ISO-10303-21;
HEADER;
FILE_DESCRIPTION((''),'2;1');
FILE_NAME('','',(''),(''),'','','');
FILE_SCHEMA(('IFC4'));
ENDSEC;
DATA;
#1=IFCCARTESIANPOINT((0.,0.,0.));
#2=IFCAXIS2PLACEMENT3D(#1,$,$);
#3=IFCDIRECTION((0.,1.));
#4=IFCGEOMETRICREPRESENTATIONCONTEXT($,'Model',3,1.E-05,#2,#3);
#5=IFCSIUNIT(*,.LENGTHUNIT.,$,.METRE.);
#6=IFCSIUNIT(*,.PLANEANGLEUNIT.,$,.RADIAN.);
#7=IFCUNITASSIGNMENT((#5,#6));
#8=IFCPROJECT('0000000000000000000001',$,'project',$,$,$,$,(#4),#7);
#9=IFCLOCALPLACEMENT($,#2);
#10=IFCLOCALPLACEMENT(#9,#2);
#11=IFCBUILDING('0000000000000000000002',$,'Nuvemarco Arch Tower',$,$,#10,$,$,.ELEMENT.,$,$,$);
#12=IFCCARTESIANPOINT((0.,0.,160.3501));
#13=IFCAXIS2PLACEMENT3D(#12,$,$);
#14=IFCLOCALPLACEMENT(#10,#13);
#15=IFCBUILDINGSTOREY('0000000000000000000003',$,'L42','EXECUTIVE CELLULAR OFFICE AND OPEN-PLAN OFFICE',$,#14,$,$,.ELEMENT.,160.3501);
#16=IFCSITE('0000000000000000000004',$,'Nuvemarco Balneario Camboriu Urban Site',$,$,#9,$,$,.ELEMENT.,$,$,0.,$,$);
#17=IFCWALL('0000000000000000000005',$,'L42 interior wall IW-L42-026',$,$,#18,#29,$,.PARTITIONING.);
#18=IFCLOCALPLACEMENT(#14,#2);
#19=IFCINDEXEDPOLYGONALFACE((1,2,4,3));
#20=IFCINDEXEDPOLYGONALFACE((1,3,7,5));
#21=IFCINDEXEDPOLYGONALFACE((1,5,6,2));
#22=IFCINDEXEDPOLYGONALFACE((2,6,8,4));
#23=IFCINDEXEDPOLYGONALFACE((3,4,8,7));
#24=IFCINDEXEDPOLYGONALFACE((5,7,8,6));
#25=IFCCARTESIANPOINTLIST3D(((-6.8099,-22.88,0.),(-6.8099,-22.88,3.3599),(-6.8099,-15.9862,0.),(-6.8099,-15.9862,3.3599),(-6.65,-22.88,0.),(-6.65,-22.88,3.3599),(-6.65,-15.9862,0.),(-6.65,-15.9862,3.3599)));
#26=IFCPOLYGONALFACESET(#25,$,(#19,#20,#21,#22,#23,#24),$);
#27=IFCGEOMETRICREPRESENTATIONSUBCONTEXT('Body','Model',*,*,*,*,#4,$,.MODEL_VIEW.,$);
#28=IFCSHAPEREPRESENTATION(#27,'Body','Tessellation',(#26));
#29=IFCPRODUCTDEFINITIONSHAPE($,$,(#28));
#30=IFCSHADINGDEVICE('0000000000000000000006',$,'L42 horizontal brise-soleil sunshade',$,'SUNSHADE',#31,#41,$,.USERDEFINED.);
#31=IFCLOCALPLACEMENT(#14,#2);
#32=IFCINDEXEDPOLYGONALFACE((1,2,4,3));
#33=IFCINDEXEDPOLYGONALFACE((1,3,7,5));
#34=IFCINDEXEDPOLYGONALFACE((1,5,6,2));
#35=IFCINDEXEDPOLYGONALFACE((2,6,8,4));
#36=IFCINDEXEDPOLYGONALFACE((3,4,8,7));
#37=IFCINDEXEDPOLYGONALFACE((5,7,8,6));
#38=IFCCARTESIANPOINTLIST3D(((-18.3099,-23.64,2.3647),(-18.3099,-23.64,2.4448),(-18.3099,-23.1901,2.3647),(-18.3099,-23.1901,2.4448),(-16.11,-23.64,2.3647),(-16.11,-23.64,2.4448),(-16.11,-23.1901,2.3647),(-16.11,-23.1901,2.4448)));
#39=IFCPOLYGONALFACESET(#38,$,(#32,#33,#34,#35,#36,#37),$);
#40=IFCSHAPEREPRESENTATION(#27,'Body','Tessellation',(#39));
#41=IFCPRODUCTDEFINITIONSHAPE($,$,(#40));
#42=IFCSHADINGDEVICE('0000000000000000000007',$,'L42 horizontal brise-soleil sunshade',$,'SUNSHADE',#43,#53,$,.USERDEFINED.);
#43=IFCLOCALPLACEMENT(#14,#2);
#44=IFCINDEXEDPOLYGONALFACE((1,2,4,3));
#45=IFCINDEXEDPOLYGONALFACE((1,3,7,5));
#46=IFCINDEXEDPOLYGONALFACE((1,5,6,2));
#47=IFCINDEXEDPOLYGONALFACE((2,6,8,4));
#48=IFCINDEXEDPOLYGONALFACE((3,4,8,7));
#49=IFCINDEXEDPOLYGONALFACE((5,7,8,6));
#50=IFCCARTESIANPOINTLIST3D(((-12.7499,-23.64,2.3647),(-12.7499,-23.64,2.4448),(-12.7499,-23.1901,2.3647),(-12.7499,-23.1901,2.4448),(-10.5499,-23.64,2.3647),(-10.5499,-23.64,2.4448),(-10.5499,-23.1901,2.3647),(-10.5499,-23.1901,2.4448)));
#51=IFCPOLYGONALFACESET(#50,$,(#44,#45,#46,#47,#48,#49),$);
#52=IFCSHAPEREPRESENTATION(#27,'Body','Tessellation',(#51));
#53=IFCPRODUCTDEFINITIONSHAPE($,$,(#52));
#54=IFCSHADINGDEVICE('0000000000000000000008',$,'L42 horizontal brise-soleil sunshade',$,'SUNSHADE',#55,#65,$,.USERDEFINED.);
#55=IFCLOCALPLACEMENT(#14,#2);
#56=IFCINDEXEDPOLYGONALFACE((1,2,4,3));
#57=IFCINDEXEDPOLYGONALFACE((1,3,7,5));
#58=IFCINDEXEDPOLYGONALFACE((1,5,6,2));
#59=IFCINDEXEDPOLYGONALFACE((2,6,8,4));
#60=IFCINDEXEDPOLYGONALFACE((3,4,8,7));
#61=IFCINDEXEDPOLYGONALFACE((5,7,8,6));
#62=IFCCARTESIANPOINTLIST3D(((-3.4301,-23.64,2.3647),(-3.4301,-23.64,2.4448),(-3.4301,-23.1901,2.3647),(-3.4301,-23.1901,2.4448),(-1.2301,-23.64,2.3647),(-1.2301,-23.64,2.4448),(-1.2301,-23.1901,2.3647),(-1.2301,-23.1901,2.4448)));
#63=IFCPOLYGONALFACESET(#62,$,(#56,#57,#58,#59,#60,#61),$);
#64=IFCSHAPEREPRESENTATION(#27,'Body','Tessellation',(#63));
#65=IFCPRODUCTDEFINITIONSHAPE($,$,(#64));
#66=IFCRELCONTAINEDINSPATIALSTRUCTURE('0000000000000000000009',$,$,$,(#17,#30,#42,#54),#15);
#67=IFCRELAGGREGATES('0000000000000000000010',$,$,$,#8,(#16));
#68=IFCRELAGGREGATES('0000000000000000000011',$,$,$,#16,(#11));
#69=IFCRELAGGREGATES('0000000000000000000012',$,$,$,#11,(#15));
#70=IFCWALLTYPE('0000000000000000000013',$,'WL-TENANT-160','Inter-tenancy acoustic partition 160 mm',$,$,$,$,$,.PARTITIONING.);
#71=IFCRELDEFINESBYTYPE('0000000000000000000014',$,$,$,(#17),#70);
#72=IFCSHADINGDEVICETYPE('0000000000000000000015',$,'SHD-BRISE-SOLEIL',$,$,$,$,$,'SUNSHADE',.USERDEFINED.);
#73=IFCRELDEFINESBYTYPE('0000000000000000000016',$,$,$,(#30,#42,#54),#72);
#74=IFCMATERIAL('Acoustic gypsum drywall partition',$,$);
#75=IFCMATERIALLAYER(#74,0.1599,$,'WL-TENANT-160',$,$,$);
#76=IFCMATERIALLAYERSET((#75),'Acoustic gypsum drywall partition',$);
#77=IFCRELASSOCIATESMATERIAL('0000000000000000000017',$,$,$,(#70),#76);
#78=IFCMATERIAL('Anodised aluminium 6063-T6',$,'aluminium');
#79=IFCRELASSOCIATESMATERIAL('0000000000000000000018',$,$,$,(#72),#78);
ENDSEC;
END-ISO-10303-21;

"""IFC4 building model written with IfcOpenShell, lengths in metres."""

from ifc_helpers import new_model, si_unit, direction, frame, frame_2d, origin, origin_2d, place, context, subcontext, project, spatial, rectangle, extrude, source, transform, mapped, material, layer, layer_set, type_object, type_shapes, element, save


model = new_model("IFC4")

# Units and contexts
model_context = context("Model", 3, precision=1e-05, world=origin(), true_north=direction((0.0, 1.0)))
body_context = subcontext(model_context, "Body", "Model", "MODEL_VIEW")
ifc_project = project(units=[si_unit("LENGTHUNIT", "METRE"), si_unit("PLANEANGLEUNIT", "RADIAN")], contexts=[model_context])

# Site, building, storey
site_placement = place(None, origin())
site = spatial("IfcSite", under=ifc_project, at=site_placement, Name="Nuvemarco Balneario Camboriu Urban Site", CompositionType="ELEMENT", RefElevation=0.0)
building_placement = place(site_placement, origin())
building = spatial("IfcBuilding", under=site, at=building_placement, Name="Nuvemarco Arch Tower", CompositionType="ELEMENT")
storey_placement = place(building_placement, frame((0.0, 0.0, 160.3501)))
storey = spatial("IfcBuildingStorey", under=building, at=storey_placement, Name="L42", Description="EXECUTIVE CELLULAR OFFICE AND OPEN-PLAN OFFICE", CompositionType="ELEMENT", Elevation=160.3501)

# Wall
ifc_material_1 = material(Name="Acoustic gypsum drywall partition")
ifc_layer_1 = layer(ifc_material_1, 0.1599, Name="WL-TENANT-160")
ifc_layer_set_1 = layer_set([ifc_layer_1], Name="Acoustic gypsum drywall partition")
wall_type = type_object("IfcWallType", Name="WL-TENANT-160", Description="Inter-tenancy acoustic partition 160 mm", PredefinedType="PARTITIONING", material=ifc_layer_set_1)
for number, where, z_axis, x_axis, name in (
    (1, (-6.73, -22.8799, 0.0), (0.0, 0.0, 1.0), (0.0, 1.0, 0.0), "L42 interior wall IW-L42-026"),
):
    element("IfcWall", number, at=place(storey_placement, frame(where, z_axis=z_axis, x_axis=x_axis)), inside=storey, type_object=wall_type, Name=name, PredefinedType="PARTITIONING", context=body_context, shape_type="SweptSolid", body=[
        extrude(rectangle(XDim=6.8938, YDim=0.1599, at=frame_2d((3.4468, 0.0))), origin(), (0.0, 0.0, 1.0), 3.3599),
    ])

# Shading devices
ifc_material_2 = material(Name="Anodised aluminium 6063-T6", Category="aluminium")
shading_device_type = type_object("IfcShadingDeviceType", Name="SHD-BRISE-SOLEIL", ElementType="SUNSHADE", PredefinedType="USERDEFINED", material=ifc_material_2)
shared_shape_1 = source(origin(), body_context, "Body", "SweptSolid", [
    extrude(rectangle(XDim=2.2, YDim=0.45, at=origin_2d()), origin(), (0.0, 0.0, 1.0), 0.0801),
])
type_shapes(shading_device_type, [shared_shape_1])
for number, where, z_axis, x_axis, name in (
    (2, (-17.21, -23.415, 2.3647), (0.0, 0.0, 1.0), (1.0, 0.0, 0.0), "L42 horizontal brise-soleil sunshade"),
    (3, (-11.6499, -23.415, 2.3647), (0.0, 0.0, 1.0), (1.0, 0.0, 0.0), "L42 horizontal brise-soleil sunshade"),
    (4, (-2.3301, -23.415, 2.3647), (0.0, 0.0, 1.0), (1.0, 0.0, 0.0), "L42 horizontal brise-soleil sunshade"),
):
    element("IfcShadingDevice", number, at=place(storey_placement, frame(where, z_axis=z_axis, x_axis=x_axis)), inside=storey, type_object=shading_device_type, Name=name, ObjectType="SUNSHADE", PredefinedType="USERDEFINED", context=body_context, shape_type="MappedRepresentation", body=[
        mapped(shared_shape_1, transform((0.0, 0.0, 0.0), scale=1.0)),
    ])

save(model, "model.ifc")
